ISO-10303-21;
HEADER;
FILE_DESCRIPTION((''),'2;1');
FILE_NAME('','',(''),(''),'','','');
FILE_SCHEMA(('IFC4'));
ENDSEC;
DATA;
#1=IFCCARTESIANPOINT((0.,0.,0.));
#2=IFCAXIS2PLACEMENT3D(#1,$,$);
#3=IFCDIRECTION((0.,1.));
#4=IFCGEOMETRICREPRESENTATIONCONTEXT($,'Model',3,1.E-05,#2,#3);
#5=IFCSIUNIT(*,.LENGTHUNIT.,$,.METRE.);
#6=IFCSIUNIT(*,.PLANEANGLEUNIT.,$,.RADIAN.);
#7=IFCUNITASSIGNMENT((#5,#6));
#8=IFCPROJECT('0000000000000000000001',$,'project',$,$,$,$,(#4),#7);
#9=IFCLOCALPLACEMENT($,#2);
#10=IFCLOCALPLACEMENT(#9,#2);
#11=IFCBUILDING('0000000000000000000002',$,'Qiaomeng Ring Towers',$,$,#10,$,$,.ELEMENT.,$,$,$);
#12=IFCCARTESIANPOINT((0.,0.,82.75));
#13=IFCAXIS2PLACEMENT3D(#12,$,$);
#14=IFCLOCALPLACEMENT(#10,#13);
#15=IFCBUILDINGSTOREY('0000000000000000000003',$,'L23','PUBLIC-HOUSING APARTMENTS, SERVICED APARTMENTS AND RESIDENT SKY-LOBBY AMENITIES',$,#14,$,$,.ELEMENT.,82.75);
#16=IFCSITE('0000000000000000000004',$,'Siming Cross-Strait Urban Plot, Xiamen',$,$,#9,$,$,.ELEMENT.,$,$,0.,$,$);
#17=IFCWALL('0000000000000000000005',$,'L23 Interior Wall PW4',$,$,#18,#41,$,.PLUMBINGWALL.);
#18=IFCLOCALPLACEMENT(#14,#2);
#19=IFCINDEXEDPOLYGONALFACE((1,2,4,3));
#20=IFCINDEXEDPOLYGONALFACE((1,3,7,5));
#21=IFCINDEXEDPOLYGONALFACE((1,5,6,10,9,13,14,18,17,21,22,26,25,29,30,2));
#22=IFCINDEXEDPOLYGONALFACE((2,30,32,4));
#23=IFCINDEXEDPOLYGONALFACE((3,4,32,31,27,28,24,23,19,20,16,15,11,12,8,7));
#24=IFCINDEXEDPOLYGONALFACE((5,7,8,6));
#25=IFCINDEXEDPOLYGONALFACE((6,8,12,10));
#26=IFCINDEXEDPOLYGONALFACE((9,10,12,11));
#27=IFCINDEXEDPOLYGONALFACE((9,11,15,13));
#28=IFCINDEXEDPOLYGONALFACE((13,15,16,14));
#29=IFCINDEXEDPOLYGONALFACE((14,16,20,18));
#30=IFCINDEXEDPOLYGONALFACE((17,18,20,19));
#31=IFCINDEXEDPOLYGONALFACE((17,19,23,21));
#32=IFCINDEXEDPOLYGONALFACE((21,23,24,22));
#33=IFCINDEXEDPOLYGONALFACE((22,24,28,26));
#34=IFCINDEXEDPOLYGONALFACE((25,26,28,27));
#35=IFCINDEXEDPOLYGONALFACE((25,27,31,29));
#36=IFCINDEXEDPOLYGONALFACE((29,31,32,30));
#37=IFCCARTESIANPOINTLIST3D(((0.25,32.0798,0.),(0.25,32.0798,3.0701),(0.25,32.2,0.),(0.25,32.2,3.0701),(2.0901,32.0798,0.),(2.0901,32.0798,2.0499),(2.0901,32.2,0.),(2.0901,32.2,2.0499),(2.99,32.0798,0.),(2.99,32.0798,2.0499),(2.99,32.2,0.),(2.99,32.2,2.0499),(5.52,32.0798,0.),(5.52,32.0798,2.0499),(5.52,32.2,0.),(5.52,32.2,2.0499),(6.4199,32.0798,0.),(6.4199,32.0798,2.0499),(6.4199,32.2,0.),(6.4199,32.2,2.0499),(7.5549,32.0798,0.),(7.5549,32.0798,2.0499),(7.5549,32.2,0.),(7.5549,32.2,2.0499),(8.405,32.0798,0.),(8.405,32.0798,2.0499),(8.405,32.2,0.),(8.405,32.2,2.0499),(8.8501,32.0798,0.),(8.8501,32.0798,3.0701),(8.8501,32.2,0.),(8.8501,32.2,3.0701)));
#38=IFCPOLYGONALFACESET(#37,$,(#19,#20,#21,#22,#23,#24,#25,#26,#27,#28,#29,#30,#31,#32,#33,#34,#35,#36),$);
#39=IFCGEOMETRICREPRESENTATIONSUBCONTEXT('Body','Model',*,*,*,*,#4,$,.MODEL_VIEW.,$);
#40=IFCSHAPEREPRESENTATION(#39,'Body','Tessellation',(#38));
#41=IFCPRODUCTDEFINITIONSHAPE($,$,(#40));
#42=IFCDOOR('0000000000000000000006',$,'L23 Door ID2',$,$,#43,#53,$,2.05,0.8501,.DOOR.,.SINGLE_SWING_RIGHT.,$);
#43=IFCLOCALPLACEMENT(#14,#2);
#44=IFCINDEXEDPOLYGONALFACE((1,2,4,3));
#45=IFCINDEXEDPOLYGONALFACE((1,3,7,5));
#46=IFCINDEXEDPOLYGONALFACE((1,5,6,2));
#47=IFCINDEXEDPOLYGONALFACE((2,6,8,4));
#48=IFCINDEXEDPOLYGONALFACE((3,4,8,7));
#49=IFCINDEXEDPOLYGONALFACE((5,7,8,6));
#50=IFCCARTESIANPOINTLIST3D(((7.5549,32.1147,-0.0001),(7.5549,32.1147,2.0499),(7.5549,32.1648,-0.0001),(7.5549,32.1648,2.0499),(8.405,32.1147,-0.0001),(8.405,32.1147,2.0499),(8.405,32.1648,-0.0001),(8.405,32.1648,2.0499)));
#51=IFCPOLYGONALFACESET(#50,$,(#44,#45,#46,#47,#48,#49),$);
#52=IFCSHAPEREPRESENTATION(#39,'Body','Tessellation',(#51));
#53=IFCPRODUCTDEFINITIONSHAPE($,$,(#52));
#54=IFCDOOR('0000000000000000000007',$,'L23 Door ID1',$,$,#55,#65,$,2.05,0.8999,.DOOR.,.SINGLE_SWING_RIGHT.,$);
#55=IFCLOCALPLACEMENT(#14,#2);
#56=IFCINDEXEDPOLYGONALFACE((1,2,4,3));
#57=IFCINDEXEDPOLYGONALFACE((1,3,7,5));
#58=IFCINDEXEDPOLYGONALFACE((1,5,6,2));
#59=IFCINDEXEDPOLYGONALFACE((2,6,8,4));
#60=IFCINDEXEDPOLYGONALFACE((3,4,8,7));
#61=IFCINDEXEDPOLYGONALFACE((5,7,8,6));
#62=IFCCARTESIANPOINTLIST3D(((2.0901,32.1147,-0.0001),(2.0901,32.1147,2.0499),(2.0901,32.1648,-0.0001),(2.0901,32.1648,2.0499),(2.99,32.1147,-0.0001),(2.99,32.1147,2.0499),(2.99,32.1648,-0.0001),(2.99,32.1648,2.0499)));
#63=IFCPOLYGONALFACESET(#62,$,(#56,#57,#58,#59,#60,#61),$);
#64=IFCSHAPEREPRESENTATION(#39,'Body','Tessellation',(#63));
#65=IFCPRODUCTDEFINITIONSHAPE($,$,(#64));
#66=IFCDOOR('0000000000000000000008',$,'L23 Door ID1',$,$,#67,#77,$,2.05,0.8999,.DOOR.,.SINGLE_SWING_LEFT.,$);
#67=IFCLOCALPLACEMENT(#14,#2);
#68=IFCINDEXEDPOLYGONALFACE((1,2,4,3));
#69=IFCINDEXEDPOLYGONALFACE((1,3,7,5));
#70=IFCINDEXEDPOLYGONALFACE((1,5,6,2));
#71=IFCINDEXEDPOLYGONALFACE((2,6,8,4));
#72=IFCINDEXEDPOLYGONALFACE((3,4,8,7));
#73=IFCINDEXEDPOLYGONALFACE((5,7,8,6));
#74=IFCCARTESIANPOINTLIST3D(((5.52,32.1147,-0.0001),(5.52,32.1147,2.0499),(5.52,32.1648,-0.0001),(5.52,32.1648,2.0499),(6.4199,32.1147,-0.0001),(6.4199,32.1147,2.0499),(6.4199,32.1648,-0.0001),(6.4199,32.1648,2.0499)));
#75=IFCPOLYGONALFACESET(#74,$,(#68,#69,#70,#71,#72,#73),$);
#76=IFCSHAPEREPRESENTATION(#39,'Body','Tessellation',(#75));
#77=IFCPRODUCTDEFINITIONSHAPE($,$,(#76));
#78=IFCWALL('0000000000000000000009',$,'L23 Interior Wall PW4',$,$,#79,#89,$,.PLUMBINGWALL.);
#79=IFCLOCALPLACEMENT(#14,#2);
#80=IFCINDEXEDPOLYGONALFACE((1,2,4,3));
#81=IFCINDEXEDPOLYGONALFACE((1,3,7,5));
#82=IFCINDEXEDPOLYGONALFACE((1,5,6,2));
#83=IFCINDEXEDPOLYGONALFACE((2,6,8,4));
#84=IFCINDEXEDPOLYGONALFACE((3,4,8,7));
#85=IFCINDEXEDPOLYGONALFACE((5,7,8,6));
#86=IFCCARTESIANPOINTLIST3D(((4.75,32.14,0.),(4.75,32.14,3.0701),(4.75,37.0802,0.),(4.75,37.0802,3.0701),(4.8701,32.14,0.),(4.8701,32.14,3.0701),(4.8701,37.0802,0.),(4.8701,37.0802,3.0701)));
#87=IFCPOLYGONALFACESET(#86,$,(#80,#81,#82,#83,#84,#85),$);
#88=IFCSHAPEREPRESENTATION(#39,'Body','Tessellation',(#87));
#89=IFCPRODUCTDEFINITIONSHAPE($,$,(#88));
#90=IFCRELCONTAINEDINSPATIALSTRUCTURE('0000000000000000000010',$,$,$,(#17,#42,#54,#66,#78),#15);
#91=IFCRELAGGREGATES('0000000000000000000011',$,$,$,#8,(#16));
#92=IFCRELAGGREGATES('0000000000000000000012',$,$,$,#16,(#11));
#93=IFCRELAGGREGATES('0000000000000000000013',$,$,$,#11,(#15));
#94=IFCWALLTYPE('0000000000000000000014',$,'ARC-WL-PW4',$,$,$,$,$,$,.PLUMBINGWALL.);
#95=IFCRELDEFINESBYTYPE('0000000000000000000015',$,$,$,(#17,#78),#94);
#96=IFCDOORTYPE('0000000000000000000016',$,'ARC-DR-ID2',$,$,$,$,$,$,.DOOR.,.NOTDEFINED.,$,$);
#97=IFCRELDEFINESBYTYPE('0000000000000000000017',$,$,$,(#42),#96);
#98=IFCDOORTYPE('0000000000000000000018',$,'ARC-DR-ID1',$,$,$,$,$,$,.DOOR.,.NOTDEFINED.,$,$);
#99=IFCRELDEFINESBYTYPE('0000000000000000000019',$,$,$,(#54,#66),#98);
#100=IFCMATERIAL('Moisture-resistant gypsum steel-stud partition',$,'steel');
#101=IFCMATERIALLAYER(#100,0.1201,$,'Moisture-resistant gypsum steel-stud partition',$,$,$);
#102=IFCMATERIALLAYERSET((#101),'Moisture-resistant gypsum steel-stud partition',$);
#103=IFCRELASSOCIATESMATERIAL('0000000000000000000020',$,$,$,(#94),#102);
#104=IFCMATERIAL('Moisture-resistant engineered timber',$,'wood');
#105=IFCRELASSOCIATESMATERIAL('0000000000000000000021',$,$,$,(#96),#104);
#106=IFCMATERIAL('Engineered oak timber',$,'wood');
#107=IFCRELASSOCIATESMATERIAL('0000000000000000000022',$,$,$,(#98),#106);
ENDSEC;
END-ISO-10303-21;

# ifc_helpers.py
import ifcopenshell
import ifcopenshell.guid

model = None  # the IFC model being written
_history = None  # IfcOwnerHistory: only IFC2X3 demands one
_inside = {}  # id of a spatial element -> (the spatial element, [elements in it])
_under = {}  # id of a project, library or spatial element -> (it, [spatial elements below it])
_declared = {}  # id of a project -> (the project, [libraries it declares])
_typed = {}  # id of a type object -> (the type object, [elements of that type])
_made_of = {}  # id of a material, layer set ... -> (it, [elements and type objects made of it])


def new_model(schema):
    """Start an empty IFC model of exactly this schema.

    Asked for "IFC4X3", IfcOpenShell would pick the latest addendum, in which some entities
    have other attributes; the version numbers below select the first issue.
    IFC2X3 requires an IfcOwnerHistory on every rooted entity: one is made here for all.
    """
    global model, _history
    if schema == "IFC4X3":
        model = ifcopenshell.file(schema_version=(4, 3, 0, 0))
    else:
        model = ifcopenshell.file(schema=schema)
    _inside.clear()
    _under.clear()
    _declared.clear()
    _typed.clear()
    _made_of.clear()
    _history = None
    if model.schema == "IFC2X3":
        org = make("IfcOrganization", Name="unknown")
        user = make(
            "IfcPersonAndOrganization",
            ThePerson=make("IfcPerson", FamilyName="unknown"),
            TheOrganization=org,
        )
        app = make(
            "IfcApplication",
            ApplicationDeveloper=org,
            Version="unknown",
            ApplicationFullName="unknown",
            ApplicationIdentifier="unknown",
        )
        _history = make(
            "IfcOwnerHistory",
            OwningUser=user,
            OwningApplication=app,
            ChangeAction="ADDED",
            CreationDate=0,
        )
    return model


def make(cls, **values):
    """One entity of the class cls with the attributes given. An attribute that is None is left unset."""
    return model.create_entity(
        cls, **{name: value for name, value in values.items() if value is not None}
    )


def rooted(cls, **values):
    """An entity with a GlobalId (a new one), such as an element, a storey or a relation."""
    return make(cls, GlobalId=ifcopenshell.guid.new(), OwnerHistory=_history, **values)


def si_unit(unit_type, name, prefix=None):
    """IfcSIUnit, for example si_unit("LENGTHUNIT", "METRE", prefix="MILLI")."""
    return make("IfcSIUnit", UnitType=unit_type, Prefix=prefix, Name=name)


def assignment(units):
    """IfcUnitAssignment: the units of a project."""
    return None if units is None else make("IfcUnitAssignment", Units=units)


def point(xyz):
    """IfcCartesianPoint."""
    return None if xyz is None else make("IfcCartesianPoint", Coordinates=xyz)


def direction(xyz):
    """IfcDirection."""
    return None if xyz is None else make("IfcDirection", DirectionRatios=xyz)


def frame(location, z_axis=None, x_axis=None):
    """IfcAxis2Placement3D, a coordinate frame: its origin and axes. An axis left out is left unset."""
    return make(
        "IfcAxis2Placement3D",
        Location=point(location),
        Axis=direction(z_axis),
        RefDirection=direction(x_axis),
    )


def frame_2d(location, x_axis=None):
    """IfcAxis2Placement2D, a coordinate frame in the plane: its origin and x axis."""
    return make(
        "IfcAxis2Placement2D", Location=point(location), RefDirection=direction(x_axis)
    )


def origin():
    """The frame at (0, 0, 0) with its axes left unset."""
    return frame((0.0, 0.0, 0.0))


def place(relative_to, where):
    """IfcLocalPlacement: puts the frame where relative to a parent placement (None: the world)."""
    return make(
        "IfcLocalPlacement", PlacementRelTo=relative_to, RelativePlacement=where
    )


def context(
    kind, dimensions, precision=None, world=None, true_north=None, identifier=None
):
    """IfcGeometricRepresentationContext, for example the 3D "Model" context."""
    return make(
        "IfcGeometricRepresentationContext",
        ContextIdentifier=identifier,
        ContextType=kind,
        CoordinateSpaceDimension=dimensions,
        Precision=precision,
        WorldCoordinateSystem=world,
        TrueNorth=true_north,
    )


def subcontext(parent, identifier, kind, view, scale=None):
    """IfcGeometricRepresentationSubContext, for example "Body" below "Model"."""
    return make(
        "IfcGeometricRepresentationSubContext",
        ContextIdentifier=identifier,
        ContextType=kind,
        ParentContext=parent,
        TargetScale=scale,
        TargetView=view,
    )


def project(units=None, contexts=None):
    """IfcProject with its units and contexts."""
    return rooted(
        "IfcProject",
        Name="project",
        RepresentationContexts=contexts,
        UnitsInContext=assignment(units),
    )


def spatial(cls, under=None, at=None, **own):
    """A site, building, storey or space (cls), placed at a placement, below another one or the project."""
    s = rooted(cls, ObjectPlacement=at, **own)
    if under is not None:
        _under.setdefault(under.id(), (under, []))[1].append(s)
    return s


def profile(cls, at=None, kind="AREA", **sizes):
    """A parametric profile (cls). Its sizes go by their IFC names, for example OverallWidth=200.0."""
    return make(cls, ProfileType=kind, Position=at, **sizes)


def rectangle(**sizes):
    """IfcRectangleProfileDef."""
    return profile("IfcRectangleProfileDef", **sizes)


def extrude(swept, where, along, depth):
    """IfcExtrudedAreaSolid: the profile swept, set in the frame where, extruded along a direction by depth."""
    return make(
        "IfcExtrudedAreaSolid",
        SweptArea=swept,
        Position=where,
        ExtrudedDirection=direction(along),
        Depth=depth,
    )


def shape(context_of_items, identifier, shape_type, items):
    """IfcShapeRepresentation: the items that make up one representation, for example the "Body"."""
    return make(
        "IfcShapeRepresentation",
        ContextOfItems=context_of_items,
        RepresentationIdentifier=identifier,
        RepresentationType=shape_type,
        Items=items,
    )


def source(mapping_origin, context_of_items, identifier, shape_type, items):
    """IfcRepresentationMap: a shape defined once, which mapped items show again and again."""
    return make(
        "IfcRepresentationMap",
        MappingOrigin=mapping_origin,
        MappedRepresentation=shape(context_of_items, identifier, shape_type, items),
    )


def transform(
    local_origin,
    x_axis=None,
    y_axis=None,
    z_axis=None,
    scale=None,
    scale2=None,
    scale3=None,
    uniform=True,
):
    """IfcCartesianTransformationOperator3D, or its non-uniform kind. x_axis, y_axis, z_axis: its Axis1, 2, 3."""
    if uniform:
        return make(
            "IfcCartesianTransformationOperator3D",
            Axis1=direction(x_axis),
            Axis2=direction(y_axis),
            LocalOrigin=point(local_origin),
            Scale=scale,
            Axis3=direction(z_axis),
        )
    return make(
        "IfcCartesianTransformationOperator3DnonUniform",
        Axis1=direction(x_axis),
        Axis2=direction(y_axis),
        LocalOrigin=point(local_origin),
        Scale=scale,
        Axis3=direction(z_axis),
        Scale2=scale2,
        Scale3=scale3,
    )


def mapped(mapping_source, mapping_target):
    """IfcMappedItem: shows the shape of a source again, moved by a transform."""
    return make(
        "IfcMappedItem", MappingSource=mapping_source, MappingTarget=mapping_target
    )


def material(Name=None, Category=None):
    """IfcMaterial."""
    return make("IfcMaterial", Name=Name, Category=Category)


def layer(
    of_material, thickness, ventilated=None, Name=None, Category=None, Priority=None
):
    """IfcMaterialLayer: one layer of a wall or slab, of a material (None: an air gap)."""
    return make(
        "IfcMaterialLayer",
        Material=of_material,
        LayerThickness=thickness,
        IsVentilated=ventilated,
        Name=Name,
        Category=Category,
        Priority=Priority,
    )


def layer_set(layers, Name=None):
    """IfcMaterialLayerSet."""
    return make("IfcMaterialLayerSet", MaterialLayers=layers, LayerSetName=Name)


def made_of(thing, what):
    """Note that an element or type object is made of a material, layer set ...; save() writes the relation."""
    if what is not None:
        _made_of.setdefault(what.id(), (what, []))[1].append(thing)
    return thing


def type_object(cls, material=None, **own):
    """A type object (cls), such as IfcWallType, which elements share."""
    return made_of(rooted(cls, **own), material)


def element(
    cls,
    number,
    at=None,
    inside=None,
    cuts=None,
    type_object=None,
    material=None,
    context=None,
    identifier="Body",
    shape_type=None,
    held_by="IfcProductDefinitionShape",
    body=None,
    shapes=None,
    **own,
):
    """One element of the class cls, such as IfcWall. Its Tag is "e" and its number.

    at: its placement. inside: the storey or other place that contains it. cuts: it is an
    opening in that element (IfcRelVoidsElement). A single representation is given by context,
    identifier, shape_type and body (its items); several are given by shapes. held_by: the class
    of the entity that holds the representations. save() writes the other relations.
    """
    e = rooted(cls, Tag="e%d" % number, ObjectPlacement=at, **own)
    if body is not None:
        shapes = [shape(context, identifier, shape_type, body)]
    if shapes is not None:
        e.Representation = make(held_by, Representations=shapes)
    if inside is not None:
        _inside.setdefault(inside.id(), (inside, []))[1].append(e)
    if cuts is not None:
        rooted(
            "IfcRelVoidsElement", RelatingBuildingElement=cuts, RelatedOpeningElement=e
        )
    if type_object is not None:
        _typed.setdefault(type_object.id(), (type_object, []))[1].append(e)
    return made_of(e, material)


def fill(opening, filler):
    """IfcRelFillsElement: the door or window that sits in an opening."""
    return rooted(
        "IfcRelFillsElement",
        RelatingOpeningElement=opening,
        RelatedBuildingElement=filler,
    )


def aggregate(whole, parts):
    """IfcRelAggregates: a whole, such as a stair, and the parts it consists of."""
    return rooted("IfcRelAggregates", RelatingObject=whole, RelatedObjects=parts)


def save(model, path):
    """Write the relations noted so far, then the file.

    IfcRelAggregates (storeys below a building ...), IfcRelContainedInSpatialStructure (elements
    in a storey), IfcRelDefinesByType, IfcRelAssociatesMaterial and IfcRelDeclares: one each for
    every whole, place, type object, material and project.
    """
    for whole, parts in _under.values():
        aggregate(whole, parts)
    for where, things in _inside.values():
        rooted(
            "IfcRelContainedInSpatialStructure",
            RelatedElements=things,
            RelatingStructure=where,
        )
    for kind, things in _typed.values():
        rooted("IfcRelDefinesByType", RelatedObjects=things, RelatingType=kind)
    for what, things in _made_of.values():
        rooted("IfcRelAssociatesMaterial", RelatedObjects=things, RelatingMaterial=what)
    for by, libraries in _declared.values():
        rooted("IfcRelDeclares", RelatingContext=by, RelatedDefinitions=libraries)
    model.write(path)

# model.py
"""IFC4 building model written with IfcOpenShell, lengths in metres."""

from ifc_helpers import new_model, si_unit, direction, frame, frame_2d, origin, place, context, subcontext, project, spatial, rectangle, extrude, source, transform, mapped, material, layer, layer_set, type_object, element, fill, save


model = new_model("IFC4")

# Units and contexts
model_context = context("Model", 3, precision=1e-05, world=origin(), true_north=direction((0.0, 1.0)))
body_context = subcontext(model_context, "Body", "Model", "MODEL_VIEW")
ifc_project = project(units=[si_unit("LENGTHUNIT", "METRE"), si_unit("PLANEANGLEUNIT", "RADIAN")], contexts=[model_context])

# Site, building, storey
site_placement = place(None, origin())
site = spatial("IfcSite", under=ifc_project, at=site_placement, Name="Siming Cross-Strait Urban Plot, Xiamen", CompositionType="ELEMENT", RefElevation=0.0)
building_placement = place(site_placement, origin())
building = spatial("IfcBuilding", under=site, at=building_placement, Name="Qiaomeng Ring Towers", CompositionType="ELEMENT")
storey_placement = place(building_placement, frame((0.0, 0.0, 82.75)))
storey = spatial("IfcBuildingStorey", under=building, at=storey_placement, Name="L23", Description="PUBLIC-HOUSING APARTMENTS, SERVICED APARTMENTS AND RESIDENT SKY-LOBBY AMENITIES", CompositionType="ELEMENT", Elevation=82.75)

# Wall, openings, doors
ifc_material_1 = material(Name="Moisture-resistant gypsum steel-stud partition", Category="steel")
ifc_layer_1 = layer(ifc_material_1, 0.1201, Name="Moisture-resistant gypsum steel-stud partition")
ifc_layer_set_1 = layer_set([ifc_layer_1], Name="Moisture-resistant gypsum steel-stud partition")
wall_type_1 = type_object("IfcWallType", Name="ARC-WL-PW4", PredefinedType="PLUMBINGWALL", material=ifc_layer_set_1)
wall_1_placement = place(storey_placement, frame((0.25, 32.1399, 0.0), z_axis=(0.0, 0.0, 1.0), x_axis=(1.0, 0.0, 0.0)))
wall_1 = element("IfcWall", 1, at=wall_1_placement, inside=storey, type_object=wall_type_1, Name="L23 Interior Wall PW4", PredefinedType="PLUMBINGWALL", context=body_context, shape_type="SweptSolid", body=[
    extrude(rectangle(XDim=8.6001, YDim=0.1201, at=frame_2d((4.3, 0.0))), origin(), (0.0, 0.0, 1.0), 3.0701),
])
opening_1_placement = place(wall_1_placement, frame((1.8401, 0.0, 0.0)))
opening_1 = element("IfcOpeningElement", 2, at=opening_1_placement, cuts=wall_1, PredefinedType="OPENING", context=body_context, shape_type="SweptSolid", body=[
    extrude(rectangle(XDim=0.8999, YDim=2.05, at=frame_2d((0.45, 1.0249))), frame((0.0, 0.0701, 0.0), z_axis=(0.0, -1.0, 0.0), x_axis=(1.0, 0.0, 0.0)), (0.0, 0.0, 1.0), 0.1401),
])
opening_2_placement = place(wall_1_placement, frame((5.27, 0.0, 0.0)))
opening_2 = element("IfcOpeningElement", 3, at=opening_2_placement, cuts=wall_1, PredefinedType="OPENING", context=body_context, shape_type="SweptSolid", body=[
    extrude(rectangle(XDim=0.8999, YDim=2.05, at=frame_2d((0.45, 1.0249))), frame((0.0, 0.0701, 0.0), z_axis=(0.0, -1.0, 0.0), x_axis=(1.0, 0.0, 0.0)), (0.0, 0.0, 1.0), 0.1401),
])
opening_3_placement = place(wall_1_placement, frame((7.3049, 0.0, 0.0)))
opening_3 = element("IfcOpeningElement", 4, at=opening_3_placement, cuts=wall_1, PredefinedType="OPENING", context=body_context, shape_type="SweptSolid", body=[
    extrude(rectangle(XDim=0.8501, YDim=2.05, at=frame_2d((0.425, 1.0249))), frame((0.0, 0.0701, 0.0), z_axis=(0.0, -1.0, 0.0), x_axis=(1.0, 0.0, 0.0)), (0.0, 0.0, 1.0), 0.1401),
])
ifc_material_2 = material(Name="Moisture-resistant engineered timber", Category="wood")
door_type_1 = type_object("IfcDoorType", Name="ARC-DR-ID2", OperationType="NOTDEFINED", PredefinedType="DOOR", material=ifc_material_2)
shared_shape_1 = source(origin(), body_context, "Body", "SweptSolid", [
    extrude(rectangle(XDim=0.8501, YDim=2.05, at=frame_2d((0.425, 1.0249))), frame((0.0, 0.0249, 0.0), z_axis=(0.0, -1.0, 0.0), x_axis=(1.0, 0.0, 0.0)), (0.0, 0.0, 1.0), 0.05),
])
door_1_placement = place(opening_3_placement, origin())
door_1 = element("IfcDoor", 5, at=door_1_placement, inside=storey, type_object=door_type_1, Name="L23 Door ID2", OperationType="SINGLE_SWING_RIGHT", OverallHeight=2.05, OverallWidth=0.8501, PredefinedType="DOOR", context=body_context, shape_type="MappedRepresentation", body=[
    mapped(shared_shape_1, transform((0.0, 0.0, 0.0), x_axis=(1.0, 0.0, 0.0), y_axis=(0.0, 1.0, 0.0), z_axis=(0.0, 0.0, 1.0), scale=1.0)),
])
fill(opening_3, door_1)
ifc_material_3 = material(Name="Engineered oak timber", Category="wood")
door_type_2 = type_object("IfcDoorType", Name="ARC-DR-ID1", OperationType="NOTDEFINED", PredefinedType="DOOR", material=ifc_material_3)
shared_shape_2 = source(origin(), body_context, "Body", "SweptSolid", [
    extrude(rectangle(XDim=0.8999, YDim=2.05, at=frame_2d((0.45, 1.0249))), frame((0.0, 0.0249, 0.0), z_axis=(0.0, -1.0, 0.0), x_axis=(1.0, 0.0, 0.0)), (0.0, 0.0, 1.0), 0.05),
])
door_2_placement = place(opening_1_placement, origin())
door_2 = element("IfcDoor", 6, at=door_2_placement, inside=storey, type_object=door_type_2, Name="L23 Door ID1", OperationType="SINGLE_SWING_RIGHT", OverallHeight=2.05, OverallWidth=0.8999, PredefinedType="DOOR", context=body_context, shape_type="MappedRepresentation", body=[
    mapped(shared_shape_2, transform((0.0, 0.0, 0.0), x_axis=(1.0, 0.0, 0.0), y_axis=(0.0, 1.0, 0.0), z_axis=(0.0, 0.0, 1.0), scale=1.0)),
])
fill(opening_1, door_2)
door_3_placement = place(opening_2_placement, origin())
door_3 = element("IfcDoor", 7, at=door_3_placement, inside=storey, type_object=door_type_2, Name="L23 Door ID1", OperationType="SINGLE_SWING_LEFT", OverallHeight=2.05, OverallWidth=0.8999, PredefinedType="DOOR", context=body_context, shape_type="MappedRepresentation", body=[
    mapped(shared_shape_2, transform((0.0, 0.0, 0.0), x_axis=(1.0, 0.0, 0.0), y_axis=(0.0, 1.0, 0.0), z_axis=(0.0, 0.0, 1.0), scale=1.0)),
])
fill(opening_2, door_3)

# Wall
wall_2_placement = place(storey_placement, frame((4.8101, 32.1399, 0.0), z_axis=(0.0, 0.0, 1.0), x_axis=(0.0, 1.0, 0.0)))
element("IfcWall", 8, at=wall_2_placement, inside=storey, type_object=wall_type_1, Name="L23 Interior Wall PW4", PredefinedType="PLUMBINGWALL", context=body_context, shape_type="SweptSolid", body=[
    extrude(rectangle(XDim=4.9402, YDim=0.1201, at=frame_2d((2.4702, 0.0))), origin(), (0.0, 0.0, 1.0), 3.0701),
])

save(model, "model.ifc")
